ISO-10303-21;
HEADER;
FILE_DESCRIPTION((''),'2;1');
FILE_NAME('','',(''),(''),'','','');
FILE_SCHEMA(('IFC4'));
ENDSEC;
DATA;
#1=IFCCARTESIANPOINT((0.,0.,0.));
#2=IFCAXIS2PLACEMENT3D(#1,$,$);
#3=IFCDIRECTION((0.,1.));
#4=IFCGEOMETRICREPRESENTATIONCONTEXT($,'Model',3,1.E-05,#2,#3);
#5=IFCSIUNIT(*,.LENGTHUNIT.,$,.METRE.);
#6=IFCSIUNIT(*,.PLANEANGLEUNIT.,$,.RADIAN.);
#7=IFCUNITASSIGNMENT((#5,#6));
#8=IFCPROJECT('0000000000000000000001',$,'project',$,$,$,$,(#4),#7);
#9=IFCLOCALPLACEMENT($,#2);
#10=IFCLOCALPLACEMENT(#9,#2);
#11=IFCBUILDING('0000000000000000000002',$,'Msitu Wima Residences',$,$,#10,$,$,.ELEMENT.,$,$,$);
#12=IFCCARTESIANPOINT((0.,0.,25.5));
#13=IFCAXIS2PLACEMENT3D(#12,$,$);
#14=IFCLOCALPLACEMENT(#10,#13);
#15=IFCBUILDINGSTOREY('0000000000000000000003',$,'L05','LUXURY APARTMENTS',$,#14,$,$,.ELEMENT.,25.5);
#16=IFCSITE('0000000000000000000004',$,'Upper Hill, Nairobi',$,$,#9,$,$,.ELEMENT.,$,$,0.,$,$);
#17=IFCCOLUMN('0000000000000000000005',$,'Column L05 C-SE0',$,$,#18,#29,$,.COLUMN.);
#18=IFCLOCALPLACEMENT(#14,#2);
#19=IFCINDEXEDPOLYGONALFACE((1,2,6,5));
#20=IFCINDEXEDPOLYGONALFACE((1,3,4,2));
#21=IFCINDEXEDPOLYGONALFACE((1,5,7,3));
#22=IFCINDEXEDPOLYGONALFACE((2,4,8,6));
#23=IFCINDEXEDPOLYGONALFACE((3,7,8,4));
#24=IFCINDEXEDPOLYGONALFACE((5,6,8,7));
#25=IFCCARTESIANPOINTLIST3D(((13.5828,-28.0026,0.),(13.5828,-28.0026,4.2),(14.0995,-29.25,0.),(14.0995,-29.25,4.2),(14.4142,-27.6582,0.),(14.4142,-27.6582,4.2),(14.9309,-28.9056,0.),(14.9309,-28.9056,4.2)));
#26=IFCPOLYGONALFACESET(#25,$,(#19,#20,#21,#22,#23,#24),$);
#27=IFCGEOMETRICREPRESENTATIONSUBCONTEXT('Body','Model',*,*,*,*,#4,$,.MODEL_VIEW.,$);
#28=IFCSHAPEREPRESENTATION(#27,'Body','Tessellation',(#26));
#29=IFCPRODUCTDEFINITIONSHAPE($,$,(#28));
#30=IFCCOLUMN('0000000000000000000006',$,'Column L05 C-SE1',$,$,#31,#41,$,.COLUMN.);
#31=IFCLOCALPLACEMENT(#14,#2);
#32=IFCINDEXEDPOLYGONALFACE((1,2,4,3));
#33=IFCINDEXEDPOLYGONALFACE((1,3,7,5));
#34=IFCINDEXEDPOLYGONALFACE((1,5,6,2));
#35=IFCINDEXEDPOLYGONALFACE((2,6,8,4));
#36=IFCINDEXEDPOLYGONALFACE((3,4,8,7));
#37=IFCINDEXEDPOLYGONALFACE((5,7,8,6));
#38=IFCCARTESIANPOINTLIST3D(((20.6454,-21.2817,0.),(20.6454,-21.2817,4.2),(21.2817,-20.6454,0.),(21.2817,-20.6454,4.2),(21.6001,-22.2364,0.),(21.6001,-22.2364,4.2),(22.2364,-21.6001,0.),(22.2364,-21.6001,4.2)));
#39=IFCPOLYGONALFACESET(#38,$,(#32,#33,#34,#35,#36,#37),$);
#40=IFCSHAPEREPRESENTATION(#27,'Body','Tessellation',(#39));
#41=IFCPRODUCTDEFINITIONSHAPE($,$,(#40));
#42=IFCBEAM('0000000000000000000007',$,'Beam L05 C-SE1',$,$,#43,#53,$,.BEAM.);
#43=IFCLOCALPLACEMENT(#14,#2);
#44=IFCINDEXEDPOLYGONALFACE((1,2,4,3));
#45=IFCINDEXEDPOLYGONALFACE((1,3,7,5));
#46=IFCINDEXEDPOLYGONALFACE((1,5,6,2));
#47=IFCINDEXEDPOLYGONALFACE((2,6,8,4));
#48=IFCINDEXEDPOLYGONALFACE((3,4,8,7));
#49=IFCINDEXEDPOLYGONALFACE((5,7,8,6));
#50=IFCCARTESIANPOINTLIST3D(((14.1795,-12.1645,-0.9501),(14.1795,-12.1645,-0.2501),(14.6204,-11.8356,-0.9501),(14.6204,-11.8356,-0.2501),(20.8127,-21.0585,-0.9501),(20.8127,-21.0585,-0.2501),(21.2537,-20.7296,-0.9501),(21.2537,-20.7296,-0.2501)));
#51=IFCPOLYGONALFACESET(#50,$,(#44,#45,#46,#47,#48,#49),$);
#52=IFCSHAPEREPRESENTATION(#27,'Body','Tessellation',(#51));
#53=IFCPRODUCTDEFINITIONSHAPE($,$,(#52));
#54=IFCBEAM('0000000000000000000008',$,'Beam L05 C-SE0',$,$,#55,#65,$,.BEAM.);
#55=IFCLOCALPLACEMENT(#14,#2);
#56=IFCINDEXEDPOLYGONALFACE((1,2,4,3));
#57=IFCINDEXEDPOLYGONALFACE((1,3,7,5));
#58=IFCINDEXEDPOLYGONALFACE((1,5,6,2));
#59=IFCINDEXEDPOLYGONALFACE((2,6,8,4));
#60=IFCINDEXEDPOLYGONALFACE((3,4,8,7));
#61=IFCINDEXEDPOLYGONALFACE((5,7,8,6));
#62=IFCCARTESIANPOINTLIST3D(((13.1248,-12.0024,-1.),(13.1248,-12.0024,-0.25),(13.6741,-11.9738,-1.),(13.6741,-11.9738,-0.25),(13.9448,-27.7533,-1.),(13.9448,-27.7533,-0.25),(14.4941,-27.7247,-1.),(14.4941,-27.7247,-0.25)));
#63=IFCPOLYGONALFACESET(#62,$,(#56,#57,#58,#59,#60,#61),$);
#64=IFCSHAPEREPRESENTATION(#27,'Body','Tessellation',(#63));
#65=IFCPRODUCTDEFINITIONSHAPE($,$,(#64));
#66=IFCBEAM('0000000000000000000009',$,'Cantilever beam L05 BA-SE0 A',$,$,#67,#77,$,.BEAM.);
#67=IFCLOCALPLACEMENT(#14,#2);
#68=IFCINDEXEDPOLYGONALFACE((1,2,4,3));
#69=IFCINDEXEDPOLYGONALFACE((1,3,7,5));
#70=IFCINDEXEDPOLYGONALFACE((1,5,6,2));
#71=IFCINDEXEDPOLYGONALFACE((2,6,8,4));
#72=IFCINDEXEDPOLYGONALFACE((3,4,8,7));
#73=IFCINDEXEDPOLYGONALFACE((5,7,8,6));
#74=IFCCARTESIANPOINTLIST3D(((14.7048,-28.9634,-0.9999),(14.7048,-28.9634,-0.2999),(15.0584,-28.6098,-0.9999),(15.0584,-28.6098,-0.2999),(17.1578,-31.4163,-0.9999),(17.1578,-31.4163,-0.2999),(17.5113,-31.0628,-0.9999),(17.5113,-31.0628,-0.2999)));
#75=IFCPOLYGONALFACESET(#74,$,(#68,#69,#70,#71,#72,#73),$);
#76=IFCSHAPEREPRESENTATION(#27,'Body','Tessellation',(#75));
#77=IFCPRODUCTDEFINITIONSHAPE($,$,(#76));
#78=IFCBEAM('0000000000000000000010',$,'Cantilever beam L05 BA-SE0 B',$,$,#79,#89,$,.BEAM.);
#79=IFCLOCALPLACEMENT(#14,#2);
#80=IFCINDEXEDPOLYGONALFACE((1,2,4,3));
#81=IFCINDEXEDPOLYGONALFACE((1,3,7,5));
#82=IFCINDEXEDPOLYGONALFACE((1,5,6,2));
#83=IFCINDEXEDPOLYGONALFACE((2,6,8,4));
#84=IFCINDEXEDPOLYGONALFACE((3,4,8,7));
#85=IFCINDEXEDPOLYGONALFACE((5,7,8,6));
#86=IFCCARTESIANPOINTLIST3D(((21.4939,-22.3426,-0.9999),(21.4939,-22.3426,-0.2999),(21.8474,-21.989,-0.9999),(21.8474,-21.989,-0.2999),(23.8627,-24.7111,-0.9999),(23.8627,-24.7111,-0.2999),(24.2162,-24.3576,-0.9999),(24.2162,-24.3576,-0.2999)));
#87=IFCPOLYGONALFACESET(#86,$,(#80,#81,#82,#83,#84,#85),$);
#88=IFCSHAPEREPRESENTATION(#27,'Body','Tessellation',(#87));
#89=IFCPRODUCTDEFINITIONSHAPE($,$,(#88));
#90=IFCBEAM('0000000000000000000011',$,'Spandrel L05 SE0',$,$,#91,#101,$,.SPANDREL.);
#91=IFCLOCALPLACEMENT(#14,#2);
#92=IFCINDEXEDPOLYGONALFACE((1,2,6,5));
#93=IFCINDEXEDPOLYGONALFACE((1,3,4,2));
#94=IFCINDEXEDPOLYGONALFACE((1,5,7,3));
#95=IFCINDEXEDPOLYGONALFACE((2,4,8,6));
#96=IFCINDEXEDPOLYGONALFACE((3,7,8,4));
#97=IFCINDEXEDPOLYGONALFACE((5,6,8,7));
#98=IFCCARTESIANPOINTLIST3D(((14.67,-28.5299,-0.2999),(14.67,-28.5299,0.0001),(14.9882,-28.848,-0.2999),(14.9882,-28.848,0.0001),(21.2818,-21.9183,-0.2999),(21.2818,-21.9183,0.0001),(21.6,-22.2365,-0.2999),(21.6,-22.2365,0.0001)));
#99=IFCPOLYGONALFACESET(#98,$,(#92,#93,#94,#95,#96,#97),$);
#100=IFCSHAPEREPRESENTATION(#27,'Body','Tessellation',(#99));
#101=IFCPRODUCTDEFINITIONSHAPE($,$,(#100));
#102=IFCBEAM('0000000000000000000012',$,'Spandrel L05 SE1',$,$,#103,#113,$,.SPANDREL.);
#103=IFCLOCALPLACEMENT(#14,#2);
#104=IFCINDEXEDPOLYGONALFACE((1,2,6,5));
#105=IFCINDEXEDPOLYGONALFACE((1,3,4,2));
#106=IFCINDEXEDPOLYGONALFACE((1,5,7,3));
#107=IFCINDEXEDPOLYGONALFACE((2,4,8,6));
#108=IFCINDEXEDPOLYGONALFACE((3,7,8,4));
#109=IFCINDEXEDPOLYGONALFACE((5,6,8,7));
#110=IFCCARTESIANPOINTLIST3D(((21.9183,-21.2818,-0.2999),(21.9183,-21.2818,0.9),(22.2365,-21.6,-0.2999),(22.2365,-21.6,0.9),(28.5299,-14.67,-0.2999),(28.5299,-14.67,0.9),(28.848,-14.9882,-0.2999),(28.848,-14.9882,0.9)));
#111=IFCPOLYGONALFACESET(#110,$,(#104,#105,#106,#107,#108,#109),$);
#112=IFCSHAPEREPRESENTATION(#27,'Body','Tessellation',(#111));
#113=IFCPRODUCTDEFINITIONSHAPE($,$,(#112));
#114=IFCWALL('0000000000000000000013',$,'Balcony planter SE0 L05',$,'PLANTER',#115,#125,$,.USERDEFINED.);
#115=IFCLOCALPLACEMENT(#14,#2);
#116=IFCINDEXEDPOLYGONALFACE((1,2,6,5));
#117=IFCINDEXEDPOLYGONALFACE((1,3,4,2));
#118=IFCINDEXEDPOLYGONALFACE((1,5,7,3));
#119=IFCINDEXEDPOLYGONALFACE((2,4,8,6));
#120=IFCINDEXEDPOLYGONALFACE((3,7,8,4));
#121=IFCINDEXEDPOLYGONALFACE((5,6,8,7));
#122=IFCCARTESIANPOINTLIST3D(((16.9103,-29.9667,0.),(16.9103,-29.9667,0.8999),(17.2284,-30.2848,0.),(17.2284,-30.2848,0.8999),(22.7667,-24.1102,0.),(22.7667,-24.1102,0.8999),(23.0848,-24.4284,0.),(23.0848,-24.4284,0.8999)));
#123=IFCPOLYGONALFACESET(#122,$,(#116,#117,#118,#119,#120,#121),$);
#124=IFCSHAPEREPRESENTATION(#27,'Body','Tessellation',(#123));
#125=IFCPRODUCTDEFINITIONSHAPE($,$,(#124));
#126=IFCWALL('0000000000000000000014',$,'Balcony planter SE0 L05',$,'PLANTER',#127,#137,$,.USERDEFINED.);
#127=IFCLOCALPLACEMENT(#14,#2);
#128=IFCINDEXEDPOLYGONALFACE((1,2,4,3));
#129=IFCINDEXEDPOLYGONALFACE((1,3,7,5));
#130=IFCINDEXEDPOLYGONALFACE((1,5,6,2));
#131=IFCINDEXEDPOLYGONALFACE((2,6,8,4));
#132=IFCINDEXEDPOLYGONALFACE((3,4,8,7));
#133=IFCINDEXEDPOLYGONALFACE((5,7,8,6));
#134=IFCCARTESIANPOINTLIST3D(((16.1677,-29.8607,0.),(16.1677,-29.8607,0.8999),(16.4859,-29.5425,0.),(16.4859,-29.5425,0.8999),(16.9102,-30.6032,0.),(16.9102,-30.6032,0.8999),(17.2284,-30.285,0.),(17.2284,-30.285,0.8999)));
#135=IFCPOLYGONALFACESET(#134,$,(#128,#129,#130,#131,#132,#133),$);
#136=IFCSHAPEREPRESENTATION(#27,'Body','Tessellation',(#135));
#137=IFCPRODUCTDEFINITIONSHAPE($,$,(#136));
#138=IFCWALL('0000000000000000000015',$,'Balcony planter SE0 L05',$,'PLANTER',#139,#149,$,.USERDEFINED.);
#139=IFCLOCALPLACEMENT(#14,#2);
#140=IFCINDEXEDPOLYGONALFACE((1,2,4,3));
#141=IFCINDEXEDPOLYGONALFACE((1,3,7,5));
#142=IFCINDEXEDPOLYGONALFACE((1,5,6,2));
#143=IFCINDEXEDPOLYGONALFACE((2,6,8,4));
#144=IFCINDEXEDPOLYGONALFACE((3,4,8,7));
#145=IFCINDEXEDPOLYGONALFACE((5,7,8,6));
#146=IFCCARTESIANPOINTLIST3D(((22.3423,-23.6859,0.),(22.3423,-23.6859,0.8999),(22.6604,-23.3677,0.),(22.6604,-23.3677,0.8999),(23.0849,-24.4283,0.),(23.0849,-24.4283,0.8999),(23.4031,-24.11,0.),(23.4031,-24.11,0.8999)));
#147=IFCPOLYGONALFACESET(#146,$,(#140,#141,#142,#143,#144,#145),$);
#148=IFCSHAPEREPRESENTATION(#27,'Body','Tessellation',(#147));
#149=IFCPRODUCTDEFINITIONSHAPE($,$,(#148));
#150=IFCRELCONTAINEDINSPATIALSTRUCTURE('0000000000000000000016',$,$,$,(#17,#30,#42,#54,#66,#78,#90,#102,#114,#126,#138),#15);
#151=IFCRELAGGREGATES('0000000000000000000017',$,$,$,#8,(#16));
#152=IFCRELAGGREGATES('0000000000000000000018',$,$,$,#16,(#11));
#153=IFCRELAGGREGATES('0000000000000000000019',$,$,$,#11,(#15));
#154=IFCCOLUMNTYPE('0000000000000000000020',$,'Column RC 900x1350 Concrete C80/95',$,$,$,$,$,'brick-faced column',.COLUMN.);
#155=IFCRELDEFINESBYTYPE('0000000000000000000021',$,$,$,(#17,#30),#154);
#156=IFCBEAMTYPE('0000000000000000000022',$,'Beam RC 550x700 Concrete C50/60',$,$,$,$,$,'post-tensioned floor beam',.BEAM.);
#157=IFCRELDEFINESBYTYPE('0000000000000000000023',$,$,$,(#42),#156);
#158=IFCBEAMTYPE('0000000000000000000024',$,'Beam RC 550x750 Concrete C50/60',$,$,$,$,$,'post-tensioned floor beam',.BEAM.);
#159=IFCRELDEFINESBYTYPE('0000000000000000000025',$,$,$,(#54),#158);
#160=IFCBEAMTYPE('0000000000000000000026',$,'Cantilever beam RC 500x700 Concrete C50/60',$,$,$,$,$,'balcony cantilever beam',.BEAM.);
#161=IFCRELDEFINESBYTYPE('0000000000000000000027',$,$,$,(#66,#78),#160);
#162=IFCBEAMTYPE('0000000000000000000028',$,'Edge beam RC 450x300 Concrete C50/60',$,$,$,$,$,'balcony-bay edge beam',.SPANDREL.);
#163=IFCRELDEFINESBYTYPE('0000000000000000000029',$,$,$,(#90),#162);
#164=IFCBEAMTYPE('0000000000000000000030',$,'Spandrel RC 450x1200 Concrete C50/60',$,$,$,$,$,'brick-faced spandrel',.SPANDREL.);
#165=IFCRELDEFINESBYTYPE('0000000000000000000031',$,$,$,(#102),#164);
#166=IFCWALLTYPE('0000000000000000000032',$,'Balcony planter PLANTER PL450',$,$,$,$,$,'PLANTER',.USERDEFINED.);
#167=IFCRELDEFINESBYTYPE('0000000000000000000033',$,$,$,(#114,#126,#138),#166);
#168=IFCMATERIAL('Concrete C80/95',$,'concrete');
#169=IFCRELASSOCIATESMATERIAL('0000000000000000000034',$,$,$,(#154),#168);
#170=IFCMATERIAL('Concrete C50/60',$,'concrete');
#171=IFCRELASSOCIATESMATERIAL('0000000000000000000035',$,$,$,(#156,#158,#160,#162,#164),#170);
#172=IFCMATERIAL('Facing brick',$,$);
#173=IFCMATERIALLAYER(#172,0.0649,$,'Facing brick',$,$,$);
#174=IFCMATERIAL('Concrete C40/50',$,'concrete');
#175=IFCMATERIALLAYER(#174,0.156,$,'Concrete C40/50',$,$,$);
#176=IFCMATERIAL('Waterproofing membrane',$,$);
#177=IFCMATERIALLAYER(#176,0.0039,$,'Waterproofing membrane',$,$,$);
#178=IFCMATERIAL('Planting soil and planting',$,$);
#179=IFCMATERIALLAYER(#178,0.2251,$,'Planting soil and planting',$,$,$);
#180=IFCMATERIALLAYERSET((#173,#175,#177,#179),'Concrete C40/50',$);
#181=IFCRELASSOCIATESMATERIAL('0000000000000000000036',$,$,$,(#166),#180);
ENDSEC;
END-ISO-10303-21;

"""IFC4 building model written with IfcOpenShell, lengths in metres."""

from ifc_helpers import new_model, si_unit, direction, frame, frame_2d, origin, origin_2d, place, context, subcontext, project, spatial, rectangle, extrude, material, layer, layer_set, material_profile, profile_set, type_object, element, save


model = new_model("IFC4")

# Units and contexts
model_context = context("Model", 3, precision=1e-05, world=origin(), true_north=direction((0.0, 1.0)))
body_context = subcontext(model_context, "Body", "Model", "MODEL_VIEW")
ifc_project = project(units=[si_unit("LENGTHUNIT", "METRE"), si_unit("PLANEANGLEUNIT", "RADIAN")], contexts=[model_context])

# Site, building, storey
site_placement = place(None, origin())
site = spatial("IfcSite", under=ifc_project, at=site_placement, Name="Upper Hill, Nairobi", CompositionType="ELEMENT", RefElevation=0.0)
building_placement = place(site_placement, origin())
building = spatial("IfcBuilding", under=site, at=building_placement, Name="Msitu Wima Residences", CompositionType="ELEMENT")
storey_placement = place(building_placement, frame((0.0, 0.0, 25.5)))
storey = spatial("IfcBuildingStorey", under=building, at=storey_placement, Name="L05", Description="LUXURY APARTMENTS", CompositionType="ELEMENT", Elevation=25.5)

# Columns
ifc_material_1 = material(Name="Concrete C80/95", Category="concrete")
ifc_material_profile_1 = material_profile(ifc_material_1, rectangle(XDim=0.8999, YDim=1.3501, at=origin_2d()), Name="RC 900x1350")
ifc_profile_set_1 = profile_set([ifc_material_profile_1], Name="Concrete C80/95")
column_type = type_object("IfcColumnType", Name="Column RC 900x1350 Concrete C80/95", ElementType="brick-faced column", PredefinedType="COLUMN", material=ifc_profile_set_1)
for number, where, z_axis, x_axis, name in (
    (1, (14.2568, -28.4541, 0.0), (0.0, 0.0, 1.0), (0.92388, 0.382683, 0.0), "Column L05 C-SE0"),
    (2, (21.4409, -21.4409, 0.0), (0.0, 0.0, 1.0), (0.707107, 0.707107, 0.0), "Column L05 C-SE1"),
):
    element("IfcColumn", number, at=place(storey_placement, frame(where, z_axis=z_axis, x_axis=x_axis)), inside=storey, type_object=column_type, Name=name, PredefinedType="COLUMN", context=body_context, shape_type="SweptSolid", body=[
        extrude(rectangle(XDim=0.8999, YDim=1.3501, at=origin_2d()), origin(), (0.0, 0.0, 1.0), 4.2),
    ])

# Beams
ifc_material_2 = material(Name="Concrete C50/60", Category="concrete")
ifc_material_profile_2 = material_profile(ifc_material_2, rectangle(XDim=0.55, YDim=0.7, at=origin_2d()), Name="RC 550x700")
ifc_profile_set_2 = profile_set([ifc_material_profile_2], Name="Concrete C50/60")
beam_type_1 = type_object("IfcBeamType", Name="Beam RC 550x700 Concrete C50/60", ElementType="post-tensioned floor beam", PredefinedType="BEAM", material=ifc_profile_set_2)
beam_1_placement = place(storey_placement, frame((21.0332, -20.894, -0.6001), z_axis=(-0.59785, 0.801608, 0.0), x_axis=(-0.801608, -0.59785, 0.0)))
element("IfcBeam", 3, at=beam_1_placement, inside=storey, type_object=beam_type_1, Name="Beam L05 C-SE1", PredefinedType="BEAM", context=body_context, shape_type="SweptSolid", body=[
    extrude(rectangle(XDim=0.55, YDim=0.7, at=origin_2d()), origin(), (0.0, 0.0, 1.0), 11.0952),
])
ifc_material_profile_3 = material_profile(ifc_material_2, rectangle(XDim=0.55, YDim=0.75, at=origin_2d()), Name="RC 550x750")
ifc_profile_set_3 = profile_set([ifc_material_profile_3], Name="Concrete C50/60")
beam_type_2 = type_object("IfcBeamType", Name="Beam RC 550x750 Concrete C50/60", ElementType="post-tensioned floor beam", PredefinedType="BEAM", material=ifc_profile_set_3)
beam_2_placement = place(storey_placement, frame((14.2195, -27.739, -0.625), z_axis=(-0.051994, 0.998647, 0.0), x_axis=(-0.998647, -0.051994, 0.0)))
element("IfcBeam", 4, at=beam_2_placement, inside=storey, type_object=beam_type_2, Name="Beam L05 C-SE0", PredefinedType="BEAM", context=body_context, shape_type="SweptSolid", body=[
    extrude(rectangle(XDim=0.55, YDim=0.75, at=origin_2d()), origin(), (0.0, 0.0, 1.0), 15.7722),
])
ifc_material_profile_4 = material_profile(ifc_material_2, rectangle(XDim=0.5, YDim=0.7, at=origin_2d()), Name="RC 500x700")
ifc_profile_set_4 = profile_set([ifc_material_profile_4], Name="Concrete C50/60")
beam_type_3 = type_object("IfcBeamType", Name="Cantilever beam RC 500x700 Concrete C50/60", ElementType="balcony cantilever beam", PredefinedType="BEAM", material=ifc_profile_set_4)
beam_3_placement = place(storey_placement, frame((14.8816, -28.7866, -0.6499), z_axis=(0.707107, -0.707107, 0.0), x_axis=(0.707107, 0.707107, 0.0)))
element("IfcBeam", 5, at=beam_3_placement, inside=storey, type_object=beam_type_3, Name="Cantilever beam L05 BA-SE0 A", PredefinedType="BEAM", context=body_context, shape_type="SweptSolid", body=[
    extrude(rectangle(XDim=0.5, YDim=0.7, at=origin_2d()), origin(), (0.0, 0.0, 1.0), 3.469),
])
beam_4_placement = place(storey_placement, frame((21.6707, -22.1658, -0.6499), z_axis=(0.707143, -0.70707, 0.0), x_axis=(0.70707, 0.707143, 0.0)))
element("IfcBeam", 6, at=beam_4_placement, inside=storey, type_object=beam_type_3, Name="Cantilever beam L05 BA-SE0 B", PredefinedType="BEAM", context=body_context, shape_type="SweptSolid", body=[
    extrude(rectangle(XDim=0.5, YDim=0.7, at=origin_2d()), origin(), (0.0, 0.0, 1.0), 3.3499),
])
ifc_material_profile_5 = material_profile(ifc_material_2, rectangle(XDim=0.45, YDim=0.3, at=origin_2d()), Name="RC 450x300")
ifc_profile_set_5 = profile_set([ifc_material_profile_5], Name="Concrete C50/60")
beam_type_4 = type_object("IfcBeamType", Name="Edge beam RC 450x300 Concrete C50/60", ElementType="balcony-bay edge beam", PredefinedType="SPANDREL", material=ifc_profile_set_5)
beam_5_placement = place(storey_placement, frame((14.8291, -28.689, -0.1499), z_axis=(0.70712, 0.707094, 0.0), x_axis=(-0.707094, 0.70712, 0.0)))
element("IfcBeam", 7, at=beam_5_placement, inside=storey, type_object=beam_type_4, Name="Spandrel L05 SE0", PredefinedType="SPANDREL", context=body_context, shape_type="SweptSolid", body=[
    extrude(rectangle(XDim=0.45, YDim=0.3, at=origin_2d()), origin(), (0.0, 0.0, 1.0), 9.3503),
])
ifc_material_profile_6 = material_profile(ifc_material_2, rectangle(XDim=0.45, YDim=1.2, at=origin_2d()), Name="RC 450x1200")
ifc_profile_set_6 = profile_set([ifc_material_profile_6], Name="Concrete C50/60")
beam_type_5 = type_object("IfcBeamType", Name="Spandrel RC 450x1200 Concrete C50/60", ElementType="brick-faced spandrel", PredefinedType="SPANDREL", material=ifc_profile_set_6)
beam_6_placement = place(storey_placement, frame((22.0774, -21.4409, 0.3), z_axis=(0.707094, 0.70712, 0.0), x_axis=(-0.70712, 0.707094, 0.0)))
element("IfcBeam", 8, at=beam_6_placement, inside=storey, type_object=beam_type_5, Name="Spandrel L05 SE1", PredefinedType="SPANDREL", context=body_context, shape_type="SweptSolid", body=[
    extrude(rectangle(XDim=0.45, YDim=1.2, at=origin_2d()), origin(), (0.0, 0.0, 1.0), 9.3503),
])

# Walls
ifc_material_3 = material(Name="Facing brick")
ifc_layer_1 = layer(ifc_material_3, 0.0649, Name="Facing brick")
ifc_material_4 = material(Name="Concrete C40/50", Category="concrete")
ifc_layer_2 = layer(ifc_material_4, 0.156, Name="Concrete C40/50")
ifc_material_5 = material(Name="Waterproofing membrane")
ifc_layer_3 = layer(ifc_material_5, 0.0039, Name="Waterproofing membrane")
ifc_material_6 = material(Name="Planting soil and planting")
ifc_layer_4 = layer(ifc_material_6, 0.2251, Name="Planting soil and planting")
ifc_layer_set_1 = layer_set([ifc_layer_1, ifc_layer_2, ifc_layer_3, ifc_layer_4], Name="Concrete C40/50")
wall_type_1 = type_object("IfcWallType", Name="Balcony planter PLANTER PL450", ElementType="PLANTER", PredefinedType="USERDEFINED", material=ifc_layer_set_1)
wall_1_placement = place(storey_placement, frame((17.0693, -30.1257, 0.0), z_axis=(0.0, 0.0, 1.0), x_axis=(0.707107, 0.707107, 0.0)))
element("IfcWall", 9, at=wall_1_placement, inside=storey, type_object=wall_type_1, Name="Balcony planter SE0 L05", ObjectType="PLANTER", PredefinedType="USERDEFINED", context=body_context, shape_type="SweptSolid", body=[
    extrude(rectangle(XDim=8.2822, YDim=0.45, at=frame_2d((4.1411, 0.0))), origin(), (0.0, 0.0, 1.0), 0.8999),
])
for number, where, z_axis, x_axis, name in (
    (10, (16.3269, -29.7017, 0.0), (0.0, 0.0, 1.0), (0.707107, -0.707107, 0.0), "Balcony planter SE0 L05"),
    (11, (22.5015, -23.5269, 0.0), (0.0, 0.0, 1.0), (0.707223, -0.706991, 0.0), "Balcony planter SE0 L05"),
):
    element("IfcWall", number, at=place(storey_placement, frame(where, z_axis=z_axis, x_axis=x_axis)), inside=storey, type_object=wall_type_1, Name=name, ObjectType="PLANTER", PredefinedType="USERDEFINED", context=body_context, shape_type="SweptSolid", body=[
        extrude(rectangle(XDim=1.05, YDim=0.45, at=frame_2d((0.5249, 0.0))), origin(), (0.0, 0.0, 1.0), 0.8999),
    ])

save(model, "model.ifc")
